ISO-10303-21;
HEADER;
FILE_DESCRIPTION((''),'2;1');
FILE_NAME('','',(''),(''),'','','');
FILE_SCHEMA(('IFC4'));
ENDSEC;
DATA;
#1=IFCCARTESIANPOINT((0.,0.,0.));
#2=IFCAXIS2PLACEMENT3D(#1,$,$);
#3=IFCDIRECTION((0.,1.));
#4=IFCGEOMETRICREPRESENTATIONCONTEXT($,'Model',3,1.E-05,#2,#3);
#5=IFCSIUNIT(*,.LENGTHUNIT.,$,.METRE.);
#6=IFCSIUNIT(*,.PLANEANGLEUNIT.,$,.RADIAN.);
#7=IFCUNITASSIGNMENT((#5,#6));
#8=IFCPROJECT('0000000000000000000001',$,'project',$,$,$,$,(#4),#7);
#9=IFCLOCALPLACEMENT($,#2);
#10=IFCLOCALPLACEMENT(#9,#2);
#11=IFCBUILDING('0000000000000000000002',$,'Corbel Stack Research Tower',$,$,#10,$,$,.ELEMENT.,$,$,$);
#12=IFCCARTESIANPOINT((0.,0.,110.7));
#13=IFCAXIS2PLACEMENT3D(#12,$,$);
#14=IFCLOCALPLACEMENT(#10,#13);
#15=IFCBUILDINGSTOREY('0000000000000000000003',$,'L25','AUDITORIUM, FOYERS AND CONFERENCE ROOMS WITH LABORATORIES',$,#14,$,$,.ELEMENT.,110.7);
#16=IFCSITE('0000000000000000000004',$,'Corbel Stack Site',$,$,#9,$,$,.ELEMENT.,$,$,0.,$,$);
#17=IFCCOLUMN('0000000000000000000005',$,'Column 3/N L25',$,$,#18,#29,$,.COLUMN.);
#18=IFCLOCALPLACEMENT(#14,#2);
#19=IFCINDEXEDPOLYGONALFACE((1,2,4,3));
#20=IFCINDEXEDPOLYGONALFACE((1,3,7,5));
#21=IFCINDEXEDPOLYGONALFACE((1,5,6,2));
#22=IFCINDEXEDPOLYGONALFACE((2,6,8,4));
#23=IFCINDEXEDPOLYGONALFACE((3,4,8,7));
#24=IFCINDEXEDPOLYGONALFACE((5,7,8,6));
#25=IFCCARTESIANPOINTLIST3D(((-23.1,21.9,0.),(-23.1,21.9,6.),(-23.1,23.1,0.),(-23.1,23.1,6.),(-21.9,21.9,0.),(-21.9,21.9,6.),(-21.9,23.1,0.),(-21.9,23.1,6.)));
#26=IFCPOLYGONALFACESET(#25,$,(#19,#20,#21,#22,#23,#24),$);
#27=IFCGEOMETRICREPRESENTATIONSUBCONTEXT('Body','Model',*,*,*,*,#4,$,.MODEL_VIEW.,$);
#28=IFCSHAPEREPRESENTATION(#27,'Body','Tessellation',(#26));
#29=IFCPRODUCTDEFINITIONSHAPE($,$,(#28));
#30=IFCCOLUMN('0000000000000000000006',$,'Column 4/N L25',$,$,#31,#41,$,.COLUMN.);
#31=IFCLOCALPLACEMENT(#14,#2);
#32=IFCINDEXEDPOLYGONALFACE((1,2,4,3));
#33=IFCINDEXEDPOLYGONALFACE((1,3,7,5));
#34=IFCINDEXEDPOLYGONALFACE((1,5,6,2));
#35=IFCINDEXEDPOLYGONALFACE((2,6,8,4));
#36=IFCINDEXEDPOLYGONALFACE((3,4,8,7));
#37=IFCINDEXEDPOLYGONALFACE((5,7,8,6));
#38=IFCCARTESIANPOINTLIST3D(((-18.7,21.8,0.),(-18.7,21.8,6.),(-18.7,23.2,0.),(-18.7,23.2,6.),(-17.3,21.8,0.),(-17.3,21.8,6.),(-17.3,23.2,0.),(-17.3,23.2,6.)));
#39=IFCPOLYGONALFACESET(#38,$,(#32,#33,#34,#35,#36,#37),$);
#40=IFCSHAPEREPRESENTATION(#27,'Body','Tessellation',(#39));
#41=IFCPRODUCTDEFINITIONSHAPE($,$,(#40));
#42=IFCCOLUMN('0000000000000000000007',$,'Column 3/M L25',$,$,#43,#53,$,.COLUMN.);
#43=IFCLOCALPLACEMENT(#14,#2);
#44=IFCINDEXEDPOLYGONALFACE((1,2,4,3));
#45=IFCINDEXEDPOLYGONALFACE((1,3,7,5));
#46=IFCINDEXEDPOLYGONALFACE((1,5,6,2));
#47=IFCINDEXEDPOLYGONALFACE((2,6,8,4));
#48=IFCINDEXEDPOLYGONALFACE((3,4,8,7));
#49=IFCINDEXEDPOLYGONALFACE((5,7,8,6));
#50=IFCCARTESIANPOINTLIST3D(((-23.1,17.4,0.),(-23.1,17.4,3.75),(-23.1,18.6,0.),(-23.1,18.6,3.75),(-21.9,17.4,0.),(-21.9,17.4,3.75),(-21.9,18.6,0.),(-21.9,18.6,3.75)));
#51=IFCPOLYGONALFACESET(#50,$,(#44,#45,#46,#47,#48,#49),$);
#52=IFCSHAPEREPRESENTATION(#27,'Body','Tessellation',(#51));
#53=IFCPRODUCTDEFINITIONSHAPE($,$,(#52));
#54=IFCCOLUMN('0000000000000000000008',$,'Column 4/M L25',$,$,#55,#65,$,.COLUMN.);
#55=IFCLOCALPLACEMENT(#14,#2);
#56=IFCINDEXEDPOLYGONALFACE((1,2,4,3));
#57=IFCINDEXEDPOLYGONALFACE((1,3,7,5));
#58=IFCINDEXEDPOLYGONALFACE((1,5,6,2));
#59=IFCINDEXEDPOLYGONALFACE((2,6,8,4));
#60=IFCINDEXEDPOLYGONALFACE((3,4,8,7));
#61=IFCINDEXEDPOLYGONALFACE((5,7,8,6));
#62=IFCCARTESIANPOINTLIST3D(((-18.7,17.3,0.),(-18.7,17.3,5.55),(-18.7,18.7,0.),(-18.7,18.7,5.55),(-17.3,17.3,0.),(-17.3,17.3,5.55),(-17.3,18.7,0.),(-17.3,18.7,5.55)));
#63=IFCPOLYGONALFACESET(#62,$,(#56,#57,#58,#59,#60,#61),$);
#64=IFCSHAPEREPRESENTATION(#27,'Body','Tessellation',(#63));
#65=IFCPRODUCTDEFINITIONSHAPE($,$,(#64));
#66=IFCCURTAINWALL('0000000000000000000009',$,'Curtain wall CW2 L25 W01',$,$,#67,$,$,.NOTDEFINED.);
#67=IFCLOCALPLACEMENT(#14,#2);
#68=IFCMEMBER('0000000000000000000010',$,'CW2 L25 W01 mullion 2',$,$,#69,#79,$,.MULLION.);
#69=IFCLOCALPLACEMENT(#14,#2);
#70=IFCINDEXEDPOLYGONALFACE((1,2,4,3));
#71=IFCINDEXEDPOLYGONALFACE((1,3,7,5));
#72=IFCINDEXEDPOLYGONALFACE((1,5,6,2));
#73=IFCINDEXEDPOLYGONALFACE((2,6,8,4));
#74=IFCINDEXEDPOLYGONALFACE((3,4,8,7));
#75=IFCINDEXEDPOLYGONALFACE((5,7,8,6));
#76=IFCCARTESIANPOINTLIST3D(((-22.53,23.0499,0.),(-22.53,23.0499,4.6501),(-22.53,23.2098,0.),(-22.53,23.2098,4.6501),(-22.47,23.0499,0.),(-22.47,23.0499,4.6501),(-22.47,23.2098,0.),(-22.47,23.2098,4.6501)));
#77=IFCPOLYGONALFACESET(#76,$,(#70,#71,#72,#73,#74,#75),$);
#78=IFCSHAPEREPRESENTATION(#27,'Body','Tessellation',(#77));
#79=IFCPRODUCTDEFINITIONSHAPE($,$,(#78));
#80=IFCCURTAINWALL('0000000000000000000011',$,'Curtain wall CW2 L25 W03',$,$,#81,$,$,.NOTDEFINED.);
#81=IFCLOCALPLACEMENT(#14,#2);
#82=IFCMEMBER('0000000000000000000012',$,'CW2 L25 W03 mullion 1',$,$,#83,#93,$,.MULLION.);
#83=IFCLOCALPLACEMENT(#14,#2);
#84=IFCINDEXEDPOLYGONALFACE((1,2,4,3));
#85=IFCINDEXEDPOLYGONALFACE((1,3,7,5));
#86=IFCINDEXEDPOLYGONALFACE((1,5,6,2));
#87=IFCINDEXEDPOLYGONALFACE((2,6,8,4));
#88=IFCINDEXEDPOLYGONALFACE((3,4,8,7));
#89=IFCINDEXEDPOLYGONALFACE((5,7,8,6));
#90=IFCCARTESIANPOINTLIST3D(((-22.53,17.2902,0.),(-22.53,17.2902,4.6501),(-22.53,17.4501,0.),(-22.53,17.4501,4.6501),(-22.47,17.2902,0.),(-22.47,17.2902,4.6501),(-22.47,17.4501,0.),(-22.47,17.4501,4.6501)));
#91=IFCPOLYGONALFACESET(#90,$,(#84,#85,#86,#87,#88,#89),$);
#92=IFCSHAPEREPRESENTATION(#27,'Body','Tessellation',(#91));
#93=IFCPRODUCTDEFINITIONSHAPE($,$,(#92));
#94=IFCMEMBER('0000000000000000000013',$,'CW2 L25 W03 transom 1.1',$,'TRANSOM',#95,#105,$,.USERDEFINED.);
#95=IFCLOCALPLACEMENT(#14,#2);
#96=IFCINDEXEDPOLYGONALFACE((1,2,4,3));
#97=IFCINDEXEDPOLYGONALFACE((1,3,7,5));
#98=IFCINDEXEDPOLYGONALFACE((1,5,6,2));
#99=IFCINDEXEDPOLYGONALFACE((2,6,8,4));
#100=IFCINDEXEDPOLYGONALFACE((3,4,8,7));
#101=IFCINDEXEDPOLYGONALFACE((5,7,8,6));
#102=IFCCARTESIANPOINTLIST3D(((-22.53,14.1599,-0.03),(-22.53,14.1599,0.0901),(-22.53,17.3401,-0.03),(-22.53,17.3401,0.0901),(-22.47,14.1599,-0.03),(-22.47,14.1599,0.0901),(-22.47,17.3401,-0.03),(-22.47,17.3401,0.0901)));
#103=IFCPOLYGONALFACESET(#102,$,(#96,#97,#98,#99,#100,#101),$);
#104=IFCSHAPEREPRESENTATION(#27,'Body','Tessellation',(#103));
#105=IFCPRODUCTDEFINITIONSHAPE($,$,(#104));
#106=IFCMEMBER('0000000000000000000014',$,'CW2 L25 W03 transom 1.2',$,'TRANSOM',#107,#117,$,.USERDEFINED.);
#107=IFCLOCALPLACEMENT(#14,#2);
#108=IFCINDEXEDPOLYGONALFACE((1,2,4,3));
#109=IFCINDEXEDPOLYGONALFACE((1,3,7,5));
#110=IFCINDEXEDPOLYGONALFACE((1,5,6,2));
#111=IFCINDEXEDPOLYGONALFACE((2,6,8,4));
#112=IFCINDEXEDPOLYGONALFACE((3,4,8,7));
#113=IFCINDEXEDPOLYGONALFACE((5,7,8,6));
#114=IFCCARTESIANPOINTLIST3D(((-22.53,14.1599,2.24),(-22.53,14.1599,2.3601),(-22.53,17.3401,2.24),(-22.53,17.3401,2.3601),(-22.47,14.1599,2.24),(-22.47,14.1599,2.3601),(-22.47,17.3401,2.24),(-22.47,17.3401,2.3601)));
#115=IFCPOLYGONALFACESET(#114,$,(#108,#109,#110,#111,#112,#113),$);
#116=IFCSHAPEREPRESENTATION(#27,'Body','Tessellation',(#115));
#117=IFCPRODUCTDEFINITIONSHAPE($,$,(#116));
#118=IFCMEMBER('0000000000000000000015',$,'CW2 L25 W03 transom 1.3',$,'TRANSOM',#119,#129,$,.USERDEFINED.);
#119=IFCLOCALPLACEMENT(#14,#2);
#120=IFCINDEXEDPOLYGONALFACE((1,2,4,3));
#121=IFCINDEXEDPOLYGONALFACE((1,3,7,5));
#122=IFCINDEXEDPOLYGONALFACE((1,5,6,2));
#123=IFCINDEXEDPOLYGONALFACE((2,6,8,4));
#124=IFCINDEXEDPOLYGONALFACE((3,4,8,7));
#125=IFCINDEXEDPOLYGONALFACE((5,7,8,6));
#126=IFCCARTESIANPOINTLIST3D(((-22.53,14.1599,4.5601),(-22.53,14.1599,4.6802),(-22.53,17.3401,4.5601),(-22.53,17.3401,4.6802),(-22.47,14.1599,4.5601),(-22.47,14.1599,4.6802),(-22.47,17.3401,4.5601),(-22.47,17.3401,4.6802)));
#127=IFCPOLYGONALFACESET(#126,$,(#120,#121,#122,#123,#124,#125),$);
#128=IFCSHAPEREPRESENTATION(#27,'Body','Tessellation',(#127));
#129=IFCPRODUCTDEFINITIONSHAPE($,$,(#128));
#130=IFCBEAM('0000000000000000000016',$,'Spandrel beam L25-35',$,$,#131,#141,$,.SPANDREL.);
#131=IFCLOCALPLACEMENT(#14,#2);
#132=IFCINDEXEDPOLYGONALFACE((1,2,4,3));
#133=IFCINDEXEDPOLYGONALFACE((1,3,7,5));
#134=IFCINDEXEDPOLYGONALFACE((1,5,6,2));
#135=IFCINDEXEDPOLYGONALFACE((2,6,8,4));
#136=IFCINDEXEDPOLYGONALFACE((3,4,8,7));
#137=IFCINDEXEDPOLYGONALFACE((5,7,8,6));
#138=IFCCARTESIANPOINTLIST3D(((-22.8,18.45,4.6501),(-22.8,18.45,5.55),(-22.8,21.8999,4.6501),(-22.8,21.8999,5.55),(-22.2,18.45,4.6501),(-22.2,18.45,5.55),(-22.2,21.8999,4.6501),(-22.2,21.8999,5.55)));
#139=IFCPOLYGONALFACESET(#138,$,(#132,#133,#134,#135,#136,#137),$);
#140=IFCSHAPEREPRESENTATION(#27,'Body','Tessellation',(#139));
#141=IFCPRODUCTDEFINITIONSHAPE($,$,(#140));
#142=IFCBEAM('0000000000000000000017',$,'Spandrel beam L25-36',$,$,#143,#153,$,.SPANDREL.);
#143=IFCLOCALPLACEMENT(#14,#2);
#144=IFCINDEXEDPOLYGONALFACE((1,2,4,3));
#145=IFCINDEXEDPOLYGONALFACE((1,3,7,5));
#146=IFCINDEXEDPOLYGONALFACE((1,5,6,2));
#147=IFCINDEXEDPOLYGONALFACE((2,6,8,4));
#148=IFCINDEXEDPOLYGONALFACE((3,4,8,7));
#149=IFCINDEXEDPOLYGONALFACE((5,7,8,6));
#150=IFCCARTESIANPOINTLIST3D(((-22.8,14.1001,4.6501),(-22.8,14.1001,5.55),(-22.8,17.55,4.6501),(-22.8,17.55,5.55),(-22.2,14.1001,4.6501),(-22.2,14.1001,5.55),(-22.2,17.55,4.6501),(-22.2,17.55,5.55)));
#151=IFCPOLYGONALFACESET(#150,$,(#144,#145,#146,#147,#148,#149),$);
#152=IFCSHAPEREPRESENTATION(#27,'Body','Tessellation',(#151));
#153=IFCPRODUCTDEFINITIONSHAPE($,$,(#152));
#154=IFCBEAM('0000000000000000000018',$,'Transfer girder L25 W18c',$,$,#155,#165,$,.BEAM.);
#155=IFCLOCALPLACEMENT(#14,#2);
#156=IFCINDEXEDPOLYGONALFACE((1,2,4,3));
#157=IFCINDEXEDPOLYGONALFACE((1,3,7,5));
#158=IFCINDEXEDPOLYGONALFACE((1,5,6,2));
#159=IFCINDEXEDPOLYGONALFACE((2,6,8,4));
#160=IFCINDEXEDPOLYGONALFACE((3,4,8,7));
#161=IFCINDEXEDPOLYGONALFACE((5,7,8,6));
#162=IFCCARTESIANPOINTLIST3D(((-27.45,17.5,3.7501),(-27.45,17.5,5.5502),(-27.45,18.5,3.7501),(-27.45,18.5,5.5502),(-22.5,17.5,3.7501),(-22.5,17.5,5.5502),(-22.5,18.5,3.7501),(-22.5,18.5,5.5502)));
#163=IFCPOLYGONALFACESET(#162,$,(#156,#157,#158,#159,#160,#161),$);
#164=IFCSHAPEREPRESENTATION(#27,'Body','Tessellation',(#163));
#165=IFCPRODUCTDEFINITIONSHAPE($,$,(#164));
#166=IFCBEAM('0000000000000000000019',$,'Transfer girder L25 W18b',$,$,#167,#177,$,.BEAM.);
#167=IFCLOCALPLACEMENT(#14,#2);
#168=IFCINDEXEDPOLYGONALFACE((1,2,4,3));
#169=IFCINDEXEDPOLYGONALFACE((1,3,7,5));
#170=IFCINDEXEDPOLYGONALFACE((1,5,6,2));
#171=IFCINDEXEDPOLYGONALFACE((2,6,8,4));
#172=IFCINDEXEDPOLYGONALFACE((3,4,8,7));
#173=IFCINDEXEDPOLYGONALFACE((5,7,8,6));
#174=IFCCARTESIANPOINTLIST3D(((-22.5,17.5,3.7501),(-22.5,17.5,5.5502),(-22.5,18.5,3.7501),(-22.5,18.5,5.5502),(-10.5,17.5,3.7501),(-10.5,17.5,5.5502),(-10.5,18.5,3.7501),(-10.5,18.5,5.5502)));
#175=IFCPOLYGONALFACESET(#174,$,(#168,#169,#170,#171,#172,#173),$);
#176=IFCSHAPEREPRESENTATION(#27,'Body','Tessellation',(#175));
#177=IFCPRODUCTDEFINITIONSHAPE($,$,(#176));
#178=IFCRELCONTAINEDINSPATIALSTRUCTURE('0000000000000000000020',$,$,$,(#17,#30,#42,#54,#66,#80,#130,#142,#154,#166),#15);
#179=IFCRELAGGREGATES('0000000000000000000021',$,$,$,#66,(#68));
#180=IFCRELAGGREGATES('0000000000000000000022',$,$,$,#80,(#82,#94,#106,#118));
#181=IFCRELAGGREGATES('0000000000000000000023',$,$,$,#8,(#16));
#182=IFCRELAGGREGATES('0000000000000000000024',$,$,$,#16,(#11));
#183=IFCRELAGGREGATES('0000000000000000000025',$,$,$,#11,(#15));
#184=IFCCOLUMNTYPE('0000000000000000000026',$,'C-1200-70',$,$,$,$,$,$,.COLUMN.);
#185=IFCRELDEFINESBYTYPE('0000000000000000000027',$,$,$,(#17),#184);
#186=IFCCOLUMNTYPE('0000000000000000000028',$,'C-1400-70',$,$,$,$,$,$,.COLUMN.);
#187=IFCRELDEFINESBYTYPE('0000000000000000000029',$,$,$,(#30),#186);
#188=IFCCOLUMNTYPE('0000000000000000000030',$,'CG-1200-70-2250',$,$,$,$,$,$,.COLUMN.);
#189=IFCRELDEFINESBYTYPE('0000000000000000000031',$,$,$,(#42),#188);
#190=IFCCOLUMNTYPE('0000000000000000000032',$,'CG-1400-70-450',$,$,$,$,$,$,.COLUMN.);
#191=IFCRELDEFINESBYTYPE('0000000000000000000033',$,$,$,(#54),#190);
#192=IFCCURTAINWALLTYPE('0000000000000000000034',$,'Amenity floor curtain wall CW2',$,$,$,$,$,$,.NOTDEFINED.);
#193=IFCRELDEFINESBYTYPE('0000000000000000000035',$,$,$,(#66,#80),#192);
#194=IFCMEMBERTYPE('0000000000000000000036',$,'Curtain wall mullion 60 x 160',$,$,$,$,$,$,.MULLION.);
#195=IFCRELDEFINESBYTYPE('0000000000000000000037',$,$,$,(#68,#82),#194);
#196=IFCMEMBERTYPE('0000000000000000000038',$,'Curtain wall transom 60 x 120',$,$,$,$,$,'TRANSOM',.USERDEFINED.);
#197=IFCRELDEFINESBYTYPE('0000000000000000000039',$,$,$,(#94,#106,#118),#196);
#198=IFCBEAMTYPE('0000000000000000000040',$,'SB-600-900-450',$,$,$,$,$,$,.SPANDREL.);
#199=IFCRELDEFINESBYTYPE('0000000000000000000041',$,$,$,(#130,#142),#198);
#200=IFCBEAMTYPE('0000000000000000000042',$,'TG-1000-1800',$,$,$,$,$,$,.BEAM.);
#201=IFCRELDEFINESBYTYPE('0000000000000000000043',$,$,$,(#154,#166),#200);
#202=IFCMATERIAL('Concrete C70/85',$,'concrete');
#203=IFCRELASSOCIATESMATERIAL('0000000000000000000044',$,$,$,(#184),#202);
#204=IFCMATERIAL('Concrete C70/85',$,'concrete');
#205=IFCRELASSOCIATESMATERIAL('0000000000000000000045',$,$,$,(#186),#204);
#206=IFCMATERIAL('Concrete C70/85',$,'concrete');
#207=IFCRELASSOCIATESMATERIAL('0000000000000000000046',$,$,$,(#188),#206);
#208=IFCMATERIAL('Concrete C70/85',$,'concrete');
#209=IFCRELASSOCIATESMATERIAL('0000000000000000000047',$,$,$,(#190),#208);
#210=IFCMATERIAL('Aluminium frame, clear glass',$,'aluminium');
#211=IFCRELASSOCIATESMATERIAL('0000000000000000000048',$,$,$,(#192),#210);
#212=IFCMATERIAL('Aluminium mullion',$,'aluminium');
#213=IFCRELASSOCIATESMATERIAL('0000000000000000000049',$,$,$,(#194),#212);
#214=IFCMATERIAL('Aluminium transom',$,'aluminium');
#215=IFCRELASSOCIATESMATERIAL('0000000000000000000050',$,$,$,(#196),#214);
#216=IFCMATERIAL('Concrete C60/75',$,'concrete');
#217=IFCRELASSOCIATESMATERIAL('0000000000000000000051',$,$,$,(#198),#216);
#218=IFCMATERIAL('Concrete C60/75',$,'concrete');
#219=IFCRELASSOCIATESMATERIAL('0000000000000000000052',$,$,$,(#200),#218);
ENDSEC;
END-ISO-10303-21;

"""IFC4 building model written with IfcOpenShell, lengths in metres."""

from ifc_helpers import new_model, si_unit, direction, frame, origin, origin_2d, place, context, subcontext, project, spatial, rectangle, extrude, material, material_profile, profile_set, type_object, element, aggregate, save


model = new_model("IFC4")

# Units and contexts
model_context = context("Model", 3, precision=1e-05, world=origin(), true_north=direction((0.0, 1.0)))
body_context = subcontext(model_context, "Body", "Model", "MODEL_VIEW")
ifc_project = project(units=[si_unit("LENGTHUNIT", "METRE"), si_unit("PLANEANGLEUNIT", "RADIAN")], contexts=[model_context])

# Site, building, storey
site_placement = place(None, origin())
site = spatial("IfcSite", under=ifc_project, at=site_placement, Name="Corbel Stack Site", CompositionType="ELEMENT", RefElevation=0.0)
building_placement = place(site_placement, origin())
building = spatial("IfcBuilding", under=site, at=building_placement, Name="Corbel Stack Research Tower", CompositionType="ELEMENT")
storey_placement = place(building_placement, frame((0.0, 0.0, 110.7)))
storey = spatial("IfcBuildingStorey", under=building, at=storey_placement, Name="L25", Description="AUDITORIUM, FOYERS AND CONFERENCE ROOMS WITH LABORATORIES", CompositionType="ELEMENT", Elevation=110.7)

# Columns
ifc_material_1 = material(Name="Concrete C70/85", Category="concrete")
ifc_material_profile_1 = material_profile(ifc_material_1, rectangle(XDim=1.2, YDim=1.2, at=origin_2d()), Name="RC 1200 x 1200")
ifc_profile_set_1 = profile_set([ifc_material_profile_1], Name="Concrete C70/85")
column_type_1 = type_object("IfcColumnType", Name="C-1200-70", PredefinedType="COLUMN", material=ifc_profile_set_1)
column_1_placement = place(storey_placement, frame((-22.5, 22.5, 0.0), z_axis=(0.0, 0.0, 1.0), x_axis=(1.0, 0.0, 0.0)))
element("IfcColumn", 1, at=column_1_placement, inside=storey, type_object=column_type_1, Name="Column 3/N L25", PredefinedType="COLUMN", context=body_context, shape_type="SweptSolid", body=[
    extrude(rectangle(XDim=1.2, YDim=1.2, at=origin_2d()), origin(), (0.0, 0.0, 1.0), 6.0),
])
ifc_material_2 = material(Name="Concrete C70/85", Category="concrete")
ifc_material_profile_2 = material_profile(ifc_material_2, rectangle(XDim=1.3999, YDim=1.3999, at=origin_2d()), Name="RC 1400 x 1400")
ifc_profile_set_2 = profile_set([ifc_material_profile_2], Name="Concrete C70/85")
column_type_2 = type_object("IfcColumnType", Name="C-1400-70", PredefinedType="COLUMN", material=ifc_profile_set_2)
column_2_placement = place(storey_placement, frame((-18.0, 22.5, 0.0), z_axis=(0.0, 0.0, 1.0), x_axis=(1.0, 0.0, 0.0)))
element("IfcColumn", 2, at=column_2_placement, inside=storey, type_object=column_type_2, Name="Column 4/N L25", PredefinedType="COLUMN", context=body_context, shape_type="SweptSolid", body=[
    extrude(rectangle(XDim=1.3999, YDim=1.3999, at=origin_2d()), origin(), (0.0, 0.0, 1.0), 6.0),
])
ifc_material_3 = material(Name="Concrete C70/85", Category="concrete")
ifc_material_profile_3 = material_profile(ifc_material_3, rectangle(XDim=1.2, YDim=1.2, at=origin_2d()), Name="RC 1200 x 1200")
ifc_profile_set_3 = profile_set([ifc_material_profile_3], Name="Concrete C70/85")
column_type_3 = type_object("IfcColumnType", Name="CG-1200-70-2250", PredefinedType="COLUMN", material=ifc_profile_set_3)
column_3_placement = place(storey_placement, frame((-22.5, 18.0, 0.0), z_axis=(0.0, 0.0, 1.0), x_axis=(1.0, 0.0, 0.0)))
element("IfcColumn", 3, at=column_3_placement, inside=storey, type_object=column_type_3, Name="Column 3/M L25", PredefinedType="COLUMN", context=body_context, shape_type="SweptSolid", body=[
    extrude(rectangle(XDim=1.2, YDim=1.2, at=origin_2d()), origin(), (0.0, 0.0, 1.0), 3.75),
])
ifc_material_4 = material(Name="Concrete C70/85", Category="concrete")
ifc_material_profile_4 = material_profile(ifc_material_4, rectangle(XDim=1.3999, YDim=1.3999, at=origin_2d()), Name="RC 1400 x 1400")
ifc_profile_set_4 = profile_set([ifc_material_profile_4], Name="Concrete C70/85")
column_type_4 = type_object("IfcColumnType", Name="CG-1400-70-450", PredefinedType="COLUMN", material=ifc_profile_set_4)
column_4_placement = place(storey_placement, frame((-18.0, 18.0, 0.0), z_axis=(0.0, 0.0, 1.0), x_axis=(1.0, 0.0, 0.0)))
element("IfcColumn", 4, at=column_4_placement, inside=storey, type_object=column_type_4, Name="Column 4/M L25", PredefinedType="COLUMN", context=body_context, shape_type="SweptSolid", body=[
    extrude(rectangle(XDim=1.3999, YDim=1.3999, at=origin_2d()), origin(), (0.0, 0.0, 1.0), 5.55),
])

# Curtain wall, member
ifc_material_5 = material(Name="Aluminium frame, clear glass", Category="aluminium")
curtain_wall_type = type_object("IfcCurtainWallType", Name="Amenity floor curtain wall CW2", PredefinedType="NOTDEFINED", material=ifc_material_5)
curtain_wall_1_placement = place(storey_placement, origin())
curtain_wall_1 = element("IfcCurtainWall", 5, at=curtain_wall_1_placement, inside=storey, type_object=curtain_wall_type, Name="Curtain wall CW2 L25 W01", PredefinedType="NOTDEFINED")
ifc_material_6 = material(Name="Aluminium mullion", Category="aluminium")
ifc_material_profile_5 = material_profile(ifc_material_6, rectangle(XDim=0.0601, YDim=0.1599, at=origin_2d()), Name="Mullion 60 x 160")
ifc_profile_set_5 = profile_set([ifc_material_profile_5], Name="Aluminium mullion")
member_type_1 = type_object("IfcMemberType", Name="Curtain wall mullion 60 x 160", PredefinedType="MULLION", material=ifc_profile_set_5)
member_1_placement = place(storey_placement, frame((-22.5, 23.1299, 0.0), z_axis=(0.0, 0.0, 1.0), x_axis=(1.0, 0.0, 0.0)))
member_1 = element("IfcMember", 6, at=member_1_placement, type_object=member_type_1, Name="CW2 L25 W01 mullion 2", PredefinedType="MULLION", context=body_context, shape_type="SweptSolid", body=[
    extrude(rectangle(XDim=0.0601, YDim=0.1599, at=origin_2d()), origin(), (0.0, 0.0, 1.0), 4.6501),
])

# Curtain wall, members
curtain_wall_2_placement = place(storey_placement, origin())
curtain_wall_2 = element("IfcCurtainWall", 7, at=curtain_wall_2_placement, inside=storey, type_object=curtain_wall_type, Name="Curtain wall CW2 L25 W03", PredefinedType="NOTDEFINED")
member_2_placement = place(storey_placement, frame((-22.5, 17.3701, 0.0), z_axis=(0.0, 0.0, 1.0), x_axis=(1.0, 0.0, 0.0)))
member_2 = element("IfcMember", 8, at=member_2_placement, type_object=member_type_1, Name="CW2 L25 W03 mullion 1", PredefinedType="MULLION", context=body_context, shape_type="SweptSolid", body=[
    extrude(rectangle(XDim=0.0601, YDim=0.1599, at=origin_2d()), origin(), (0.0, 0.0, 1.0), 4.6501),
])
ifc_material_7 = material(Name="Aluminium transom", Category="aluminium")
ifc_material_profile_6 = material_profile(ifc_material_7, rectangle(XDim=0.0601, YDim=0.1201, at=origin_2d()), Name="Transom 60 x 120")
ifc_profile_set_6 = profile_set([ifc_material_profile_6], Name="Aluminium transom")
member_type_2 = type_object("IfcMemberType", Name="Curtain wall transom 60 x 120", ElementType="TRANSOM", PredefinedType="USERDEFINED", material=ifc_profile_set_6)
member_3_placement = place(storey_placement, frame((-22.5, 17.3401, 0.03), z_axis=(0.0, -1.0, 0.0), x_axis=(1.0, 0.0, 0.0)))
member_3 = element("IfcMember", 9, at=member_3_placement, type_object=member_type_2, Name="CW2 L25 W03 transom 1.1", ObjectType="TRANSOM", PredefinedType="USERDEFINED", context=body_context, shape_type="SweptSolid", body=[
    extrude(rectangle(XDim=0.0601, YDim=0.1201, at=origin_2d()), origin(), (0.0, 0.0, 1.0), 3.1802),
])
member_4_placement = place(storey_placement, frame((-22.5, 17.3401, 2.3), z_axis=(0.0, -1.0, 0.0), x_axis=(1.0, 0.0, 0.0)))
member_4 = element("IfcMember", 10, at=member_4_placement, type_object=member_type_2, Name="CW2 L25 W03 transom 1.2", ObjectType="TRANSOM", PredefinedType="USERDEFINED", context=body_context, shape_type="SweptSolid", body=[
    extrude(rectangle(XDim=0.0601, YDim=0.1201, at=origin_2d()), origin(), (0.0, 0.0, 1.0), 3.1802),
])
member_5_placement = place(storey_placement, frame((-22.5, 17.3401, 4.6201), z_axis=(0.0, -1.0, 0.0), x_axis=(1.0, 0.0, 0.0)))
member_5 = element("IfcMember", 11, at=member_5_placement, type_object=member_type_2, Name="CW2 L25 W03 transom 1.3", ObjectType="TRANSOM", PredefinedType="USERDEFINED", context=body_context, shape_type="SweptSolid", body=[
    extrude(rectangle(XDim=0.0601, YDim=0.1201, at=origin_2d()), origin(), (0.0, 0.0, 1.0), 3.1802),
])

# Beams
ifc_material_8 = material(Name="Concrete C60/75", Category="concrete")
ifc_material_profile_7 = material_profile(ifc_material_8, rectangle(XDim=0.6001, YDim=0.8999, at=origin_2d()), Name="RC 600 x 900")
ifc_profile_set_7 = profile_set([ifc_material_profile_7], Name="Concrete C60/75")
beam_type_1 = type_object("IfcBeamType", Name="SB-600-900-450", PredefinedType="SPANDREL", material=ifc_profile_set_7)
for number, where, z_axis, x_axis, name in (
    (12, (-22.5, 21.8999, 5.1001), (0.0, -1.0, 0.0), (1.0, 0.0, 0.0), "Spandrel beam L25-35"),
    (13, (-22.5, 17.55, 5.1001), (0.0, -1.0, 0.0), (1.0, 0.0, 0.0), "Spandrel beam L25-36"),
):
    element("IfcBeam", number, at=place(storey_placement, frame(where, z_axis=z_axis, x_axis=x_axis)), inside=storey, type_object=beam_type_1, Name=name, PredefinedType="SPANDREL", context=body_context, shape_type="SweptSolid", body=[
        extrude(rectangle(XDim=0.6001, YDim=0.8999, at=origin_2d()), origin(), (0.0, 0.0, 1.0), 3.45),
    ])
ifc_material_9 = material(Name="Concrete C60/75", Category="concrete")
ifc_material_profile_8 = material_profile(ifc_material_9, rectangle(XDim=1.0, YDim=1.8, at=origin_2d()), Name="RC 1000 x 1800")
ifc_profile_set_8 = profile_set([ifc_material_profile_8], Name="Concrete C60/75")
beam_type_2 = type_object("IfcBeamType", Name="TG-1000-1800", PredefinedType="BEAM", material=ifc_profile_set_8)
beam_1_placement = place(storey_placement, frame((-27.45, 18.0, 4.6501), z_axis=(1.0, 0.0, 0.0), x_axis=(0.0, 1.0, 0.0)))
element("IfcBeam", 14, at=beam_1_placement, inside=storey, type_object=beam_type_2, Name="Transfer girder L25 W18c", PredefinedType="BEAM", context=body_context, shape_type="SweptSolid", body=[
    extrude(rectangle(XDim=1.0, YDim=1.8, at=origin_2d()), origin(), (0.0, 0.0, 1.0), 4.95),
])
beam_2_placement = place(storey_placement, frame((-22.5, 18.0, 4.6501), z_axis=(1.0, 0.0, 0.0), x_axis=(0.0, 1.0, 0.0)))
element("IfcBeam", 15, at=beam_2_placement, inside=storey, type_object=beam_type_2, Name="Transfer girder L25 W18b", PredefinedType="BEAM", context=body_context, shape_type="SweptSolid", body=[
    extrude(rectangle(XDim=1.0, YDim=1.8, at=origin_2d()), origin(), (0.0, 0.0, 1.0), 12.0),
])

aggregate(curtain_wall_1, [member_1])
aggregate(curtain_wall_2, [member_2, member_3, member_4, member_5])

save(model, "model.ifc")
